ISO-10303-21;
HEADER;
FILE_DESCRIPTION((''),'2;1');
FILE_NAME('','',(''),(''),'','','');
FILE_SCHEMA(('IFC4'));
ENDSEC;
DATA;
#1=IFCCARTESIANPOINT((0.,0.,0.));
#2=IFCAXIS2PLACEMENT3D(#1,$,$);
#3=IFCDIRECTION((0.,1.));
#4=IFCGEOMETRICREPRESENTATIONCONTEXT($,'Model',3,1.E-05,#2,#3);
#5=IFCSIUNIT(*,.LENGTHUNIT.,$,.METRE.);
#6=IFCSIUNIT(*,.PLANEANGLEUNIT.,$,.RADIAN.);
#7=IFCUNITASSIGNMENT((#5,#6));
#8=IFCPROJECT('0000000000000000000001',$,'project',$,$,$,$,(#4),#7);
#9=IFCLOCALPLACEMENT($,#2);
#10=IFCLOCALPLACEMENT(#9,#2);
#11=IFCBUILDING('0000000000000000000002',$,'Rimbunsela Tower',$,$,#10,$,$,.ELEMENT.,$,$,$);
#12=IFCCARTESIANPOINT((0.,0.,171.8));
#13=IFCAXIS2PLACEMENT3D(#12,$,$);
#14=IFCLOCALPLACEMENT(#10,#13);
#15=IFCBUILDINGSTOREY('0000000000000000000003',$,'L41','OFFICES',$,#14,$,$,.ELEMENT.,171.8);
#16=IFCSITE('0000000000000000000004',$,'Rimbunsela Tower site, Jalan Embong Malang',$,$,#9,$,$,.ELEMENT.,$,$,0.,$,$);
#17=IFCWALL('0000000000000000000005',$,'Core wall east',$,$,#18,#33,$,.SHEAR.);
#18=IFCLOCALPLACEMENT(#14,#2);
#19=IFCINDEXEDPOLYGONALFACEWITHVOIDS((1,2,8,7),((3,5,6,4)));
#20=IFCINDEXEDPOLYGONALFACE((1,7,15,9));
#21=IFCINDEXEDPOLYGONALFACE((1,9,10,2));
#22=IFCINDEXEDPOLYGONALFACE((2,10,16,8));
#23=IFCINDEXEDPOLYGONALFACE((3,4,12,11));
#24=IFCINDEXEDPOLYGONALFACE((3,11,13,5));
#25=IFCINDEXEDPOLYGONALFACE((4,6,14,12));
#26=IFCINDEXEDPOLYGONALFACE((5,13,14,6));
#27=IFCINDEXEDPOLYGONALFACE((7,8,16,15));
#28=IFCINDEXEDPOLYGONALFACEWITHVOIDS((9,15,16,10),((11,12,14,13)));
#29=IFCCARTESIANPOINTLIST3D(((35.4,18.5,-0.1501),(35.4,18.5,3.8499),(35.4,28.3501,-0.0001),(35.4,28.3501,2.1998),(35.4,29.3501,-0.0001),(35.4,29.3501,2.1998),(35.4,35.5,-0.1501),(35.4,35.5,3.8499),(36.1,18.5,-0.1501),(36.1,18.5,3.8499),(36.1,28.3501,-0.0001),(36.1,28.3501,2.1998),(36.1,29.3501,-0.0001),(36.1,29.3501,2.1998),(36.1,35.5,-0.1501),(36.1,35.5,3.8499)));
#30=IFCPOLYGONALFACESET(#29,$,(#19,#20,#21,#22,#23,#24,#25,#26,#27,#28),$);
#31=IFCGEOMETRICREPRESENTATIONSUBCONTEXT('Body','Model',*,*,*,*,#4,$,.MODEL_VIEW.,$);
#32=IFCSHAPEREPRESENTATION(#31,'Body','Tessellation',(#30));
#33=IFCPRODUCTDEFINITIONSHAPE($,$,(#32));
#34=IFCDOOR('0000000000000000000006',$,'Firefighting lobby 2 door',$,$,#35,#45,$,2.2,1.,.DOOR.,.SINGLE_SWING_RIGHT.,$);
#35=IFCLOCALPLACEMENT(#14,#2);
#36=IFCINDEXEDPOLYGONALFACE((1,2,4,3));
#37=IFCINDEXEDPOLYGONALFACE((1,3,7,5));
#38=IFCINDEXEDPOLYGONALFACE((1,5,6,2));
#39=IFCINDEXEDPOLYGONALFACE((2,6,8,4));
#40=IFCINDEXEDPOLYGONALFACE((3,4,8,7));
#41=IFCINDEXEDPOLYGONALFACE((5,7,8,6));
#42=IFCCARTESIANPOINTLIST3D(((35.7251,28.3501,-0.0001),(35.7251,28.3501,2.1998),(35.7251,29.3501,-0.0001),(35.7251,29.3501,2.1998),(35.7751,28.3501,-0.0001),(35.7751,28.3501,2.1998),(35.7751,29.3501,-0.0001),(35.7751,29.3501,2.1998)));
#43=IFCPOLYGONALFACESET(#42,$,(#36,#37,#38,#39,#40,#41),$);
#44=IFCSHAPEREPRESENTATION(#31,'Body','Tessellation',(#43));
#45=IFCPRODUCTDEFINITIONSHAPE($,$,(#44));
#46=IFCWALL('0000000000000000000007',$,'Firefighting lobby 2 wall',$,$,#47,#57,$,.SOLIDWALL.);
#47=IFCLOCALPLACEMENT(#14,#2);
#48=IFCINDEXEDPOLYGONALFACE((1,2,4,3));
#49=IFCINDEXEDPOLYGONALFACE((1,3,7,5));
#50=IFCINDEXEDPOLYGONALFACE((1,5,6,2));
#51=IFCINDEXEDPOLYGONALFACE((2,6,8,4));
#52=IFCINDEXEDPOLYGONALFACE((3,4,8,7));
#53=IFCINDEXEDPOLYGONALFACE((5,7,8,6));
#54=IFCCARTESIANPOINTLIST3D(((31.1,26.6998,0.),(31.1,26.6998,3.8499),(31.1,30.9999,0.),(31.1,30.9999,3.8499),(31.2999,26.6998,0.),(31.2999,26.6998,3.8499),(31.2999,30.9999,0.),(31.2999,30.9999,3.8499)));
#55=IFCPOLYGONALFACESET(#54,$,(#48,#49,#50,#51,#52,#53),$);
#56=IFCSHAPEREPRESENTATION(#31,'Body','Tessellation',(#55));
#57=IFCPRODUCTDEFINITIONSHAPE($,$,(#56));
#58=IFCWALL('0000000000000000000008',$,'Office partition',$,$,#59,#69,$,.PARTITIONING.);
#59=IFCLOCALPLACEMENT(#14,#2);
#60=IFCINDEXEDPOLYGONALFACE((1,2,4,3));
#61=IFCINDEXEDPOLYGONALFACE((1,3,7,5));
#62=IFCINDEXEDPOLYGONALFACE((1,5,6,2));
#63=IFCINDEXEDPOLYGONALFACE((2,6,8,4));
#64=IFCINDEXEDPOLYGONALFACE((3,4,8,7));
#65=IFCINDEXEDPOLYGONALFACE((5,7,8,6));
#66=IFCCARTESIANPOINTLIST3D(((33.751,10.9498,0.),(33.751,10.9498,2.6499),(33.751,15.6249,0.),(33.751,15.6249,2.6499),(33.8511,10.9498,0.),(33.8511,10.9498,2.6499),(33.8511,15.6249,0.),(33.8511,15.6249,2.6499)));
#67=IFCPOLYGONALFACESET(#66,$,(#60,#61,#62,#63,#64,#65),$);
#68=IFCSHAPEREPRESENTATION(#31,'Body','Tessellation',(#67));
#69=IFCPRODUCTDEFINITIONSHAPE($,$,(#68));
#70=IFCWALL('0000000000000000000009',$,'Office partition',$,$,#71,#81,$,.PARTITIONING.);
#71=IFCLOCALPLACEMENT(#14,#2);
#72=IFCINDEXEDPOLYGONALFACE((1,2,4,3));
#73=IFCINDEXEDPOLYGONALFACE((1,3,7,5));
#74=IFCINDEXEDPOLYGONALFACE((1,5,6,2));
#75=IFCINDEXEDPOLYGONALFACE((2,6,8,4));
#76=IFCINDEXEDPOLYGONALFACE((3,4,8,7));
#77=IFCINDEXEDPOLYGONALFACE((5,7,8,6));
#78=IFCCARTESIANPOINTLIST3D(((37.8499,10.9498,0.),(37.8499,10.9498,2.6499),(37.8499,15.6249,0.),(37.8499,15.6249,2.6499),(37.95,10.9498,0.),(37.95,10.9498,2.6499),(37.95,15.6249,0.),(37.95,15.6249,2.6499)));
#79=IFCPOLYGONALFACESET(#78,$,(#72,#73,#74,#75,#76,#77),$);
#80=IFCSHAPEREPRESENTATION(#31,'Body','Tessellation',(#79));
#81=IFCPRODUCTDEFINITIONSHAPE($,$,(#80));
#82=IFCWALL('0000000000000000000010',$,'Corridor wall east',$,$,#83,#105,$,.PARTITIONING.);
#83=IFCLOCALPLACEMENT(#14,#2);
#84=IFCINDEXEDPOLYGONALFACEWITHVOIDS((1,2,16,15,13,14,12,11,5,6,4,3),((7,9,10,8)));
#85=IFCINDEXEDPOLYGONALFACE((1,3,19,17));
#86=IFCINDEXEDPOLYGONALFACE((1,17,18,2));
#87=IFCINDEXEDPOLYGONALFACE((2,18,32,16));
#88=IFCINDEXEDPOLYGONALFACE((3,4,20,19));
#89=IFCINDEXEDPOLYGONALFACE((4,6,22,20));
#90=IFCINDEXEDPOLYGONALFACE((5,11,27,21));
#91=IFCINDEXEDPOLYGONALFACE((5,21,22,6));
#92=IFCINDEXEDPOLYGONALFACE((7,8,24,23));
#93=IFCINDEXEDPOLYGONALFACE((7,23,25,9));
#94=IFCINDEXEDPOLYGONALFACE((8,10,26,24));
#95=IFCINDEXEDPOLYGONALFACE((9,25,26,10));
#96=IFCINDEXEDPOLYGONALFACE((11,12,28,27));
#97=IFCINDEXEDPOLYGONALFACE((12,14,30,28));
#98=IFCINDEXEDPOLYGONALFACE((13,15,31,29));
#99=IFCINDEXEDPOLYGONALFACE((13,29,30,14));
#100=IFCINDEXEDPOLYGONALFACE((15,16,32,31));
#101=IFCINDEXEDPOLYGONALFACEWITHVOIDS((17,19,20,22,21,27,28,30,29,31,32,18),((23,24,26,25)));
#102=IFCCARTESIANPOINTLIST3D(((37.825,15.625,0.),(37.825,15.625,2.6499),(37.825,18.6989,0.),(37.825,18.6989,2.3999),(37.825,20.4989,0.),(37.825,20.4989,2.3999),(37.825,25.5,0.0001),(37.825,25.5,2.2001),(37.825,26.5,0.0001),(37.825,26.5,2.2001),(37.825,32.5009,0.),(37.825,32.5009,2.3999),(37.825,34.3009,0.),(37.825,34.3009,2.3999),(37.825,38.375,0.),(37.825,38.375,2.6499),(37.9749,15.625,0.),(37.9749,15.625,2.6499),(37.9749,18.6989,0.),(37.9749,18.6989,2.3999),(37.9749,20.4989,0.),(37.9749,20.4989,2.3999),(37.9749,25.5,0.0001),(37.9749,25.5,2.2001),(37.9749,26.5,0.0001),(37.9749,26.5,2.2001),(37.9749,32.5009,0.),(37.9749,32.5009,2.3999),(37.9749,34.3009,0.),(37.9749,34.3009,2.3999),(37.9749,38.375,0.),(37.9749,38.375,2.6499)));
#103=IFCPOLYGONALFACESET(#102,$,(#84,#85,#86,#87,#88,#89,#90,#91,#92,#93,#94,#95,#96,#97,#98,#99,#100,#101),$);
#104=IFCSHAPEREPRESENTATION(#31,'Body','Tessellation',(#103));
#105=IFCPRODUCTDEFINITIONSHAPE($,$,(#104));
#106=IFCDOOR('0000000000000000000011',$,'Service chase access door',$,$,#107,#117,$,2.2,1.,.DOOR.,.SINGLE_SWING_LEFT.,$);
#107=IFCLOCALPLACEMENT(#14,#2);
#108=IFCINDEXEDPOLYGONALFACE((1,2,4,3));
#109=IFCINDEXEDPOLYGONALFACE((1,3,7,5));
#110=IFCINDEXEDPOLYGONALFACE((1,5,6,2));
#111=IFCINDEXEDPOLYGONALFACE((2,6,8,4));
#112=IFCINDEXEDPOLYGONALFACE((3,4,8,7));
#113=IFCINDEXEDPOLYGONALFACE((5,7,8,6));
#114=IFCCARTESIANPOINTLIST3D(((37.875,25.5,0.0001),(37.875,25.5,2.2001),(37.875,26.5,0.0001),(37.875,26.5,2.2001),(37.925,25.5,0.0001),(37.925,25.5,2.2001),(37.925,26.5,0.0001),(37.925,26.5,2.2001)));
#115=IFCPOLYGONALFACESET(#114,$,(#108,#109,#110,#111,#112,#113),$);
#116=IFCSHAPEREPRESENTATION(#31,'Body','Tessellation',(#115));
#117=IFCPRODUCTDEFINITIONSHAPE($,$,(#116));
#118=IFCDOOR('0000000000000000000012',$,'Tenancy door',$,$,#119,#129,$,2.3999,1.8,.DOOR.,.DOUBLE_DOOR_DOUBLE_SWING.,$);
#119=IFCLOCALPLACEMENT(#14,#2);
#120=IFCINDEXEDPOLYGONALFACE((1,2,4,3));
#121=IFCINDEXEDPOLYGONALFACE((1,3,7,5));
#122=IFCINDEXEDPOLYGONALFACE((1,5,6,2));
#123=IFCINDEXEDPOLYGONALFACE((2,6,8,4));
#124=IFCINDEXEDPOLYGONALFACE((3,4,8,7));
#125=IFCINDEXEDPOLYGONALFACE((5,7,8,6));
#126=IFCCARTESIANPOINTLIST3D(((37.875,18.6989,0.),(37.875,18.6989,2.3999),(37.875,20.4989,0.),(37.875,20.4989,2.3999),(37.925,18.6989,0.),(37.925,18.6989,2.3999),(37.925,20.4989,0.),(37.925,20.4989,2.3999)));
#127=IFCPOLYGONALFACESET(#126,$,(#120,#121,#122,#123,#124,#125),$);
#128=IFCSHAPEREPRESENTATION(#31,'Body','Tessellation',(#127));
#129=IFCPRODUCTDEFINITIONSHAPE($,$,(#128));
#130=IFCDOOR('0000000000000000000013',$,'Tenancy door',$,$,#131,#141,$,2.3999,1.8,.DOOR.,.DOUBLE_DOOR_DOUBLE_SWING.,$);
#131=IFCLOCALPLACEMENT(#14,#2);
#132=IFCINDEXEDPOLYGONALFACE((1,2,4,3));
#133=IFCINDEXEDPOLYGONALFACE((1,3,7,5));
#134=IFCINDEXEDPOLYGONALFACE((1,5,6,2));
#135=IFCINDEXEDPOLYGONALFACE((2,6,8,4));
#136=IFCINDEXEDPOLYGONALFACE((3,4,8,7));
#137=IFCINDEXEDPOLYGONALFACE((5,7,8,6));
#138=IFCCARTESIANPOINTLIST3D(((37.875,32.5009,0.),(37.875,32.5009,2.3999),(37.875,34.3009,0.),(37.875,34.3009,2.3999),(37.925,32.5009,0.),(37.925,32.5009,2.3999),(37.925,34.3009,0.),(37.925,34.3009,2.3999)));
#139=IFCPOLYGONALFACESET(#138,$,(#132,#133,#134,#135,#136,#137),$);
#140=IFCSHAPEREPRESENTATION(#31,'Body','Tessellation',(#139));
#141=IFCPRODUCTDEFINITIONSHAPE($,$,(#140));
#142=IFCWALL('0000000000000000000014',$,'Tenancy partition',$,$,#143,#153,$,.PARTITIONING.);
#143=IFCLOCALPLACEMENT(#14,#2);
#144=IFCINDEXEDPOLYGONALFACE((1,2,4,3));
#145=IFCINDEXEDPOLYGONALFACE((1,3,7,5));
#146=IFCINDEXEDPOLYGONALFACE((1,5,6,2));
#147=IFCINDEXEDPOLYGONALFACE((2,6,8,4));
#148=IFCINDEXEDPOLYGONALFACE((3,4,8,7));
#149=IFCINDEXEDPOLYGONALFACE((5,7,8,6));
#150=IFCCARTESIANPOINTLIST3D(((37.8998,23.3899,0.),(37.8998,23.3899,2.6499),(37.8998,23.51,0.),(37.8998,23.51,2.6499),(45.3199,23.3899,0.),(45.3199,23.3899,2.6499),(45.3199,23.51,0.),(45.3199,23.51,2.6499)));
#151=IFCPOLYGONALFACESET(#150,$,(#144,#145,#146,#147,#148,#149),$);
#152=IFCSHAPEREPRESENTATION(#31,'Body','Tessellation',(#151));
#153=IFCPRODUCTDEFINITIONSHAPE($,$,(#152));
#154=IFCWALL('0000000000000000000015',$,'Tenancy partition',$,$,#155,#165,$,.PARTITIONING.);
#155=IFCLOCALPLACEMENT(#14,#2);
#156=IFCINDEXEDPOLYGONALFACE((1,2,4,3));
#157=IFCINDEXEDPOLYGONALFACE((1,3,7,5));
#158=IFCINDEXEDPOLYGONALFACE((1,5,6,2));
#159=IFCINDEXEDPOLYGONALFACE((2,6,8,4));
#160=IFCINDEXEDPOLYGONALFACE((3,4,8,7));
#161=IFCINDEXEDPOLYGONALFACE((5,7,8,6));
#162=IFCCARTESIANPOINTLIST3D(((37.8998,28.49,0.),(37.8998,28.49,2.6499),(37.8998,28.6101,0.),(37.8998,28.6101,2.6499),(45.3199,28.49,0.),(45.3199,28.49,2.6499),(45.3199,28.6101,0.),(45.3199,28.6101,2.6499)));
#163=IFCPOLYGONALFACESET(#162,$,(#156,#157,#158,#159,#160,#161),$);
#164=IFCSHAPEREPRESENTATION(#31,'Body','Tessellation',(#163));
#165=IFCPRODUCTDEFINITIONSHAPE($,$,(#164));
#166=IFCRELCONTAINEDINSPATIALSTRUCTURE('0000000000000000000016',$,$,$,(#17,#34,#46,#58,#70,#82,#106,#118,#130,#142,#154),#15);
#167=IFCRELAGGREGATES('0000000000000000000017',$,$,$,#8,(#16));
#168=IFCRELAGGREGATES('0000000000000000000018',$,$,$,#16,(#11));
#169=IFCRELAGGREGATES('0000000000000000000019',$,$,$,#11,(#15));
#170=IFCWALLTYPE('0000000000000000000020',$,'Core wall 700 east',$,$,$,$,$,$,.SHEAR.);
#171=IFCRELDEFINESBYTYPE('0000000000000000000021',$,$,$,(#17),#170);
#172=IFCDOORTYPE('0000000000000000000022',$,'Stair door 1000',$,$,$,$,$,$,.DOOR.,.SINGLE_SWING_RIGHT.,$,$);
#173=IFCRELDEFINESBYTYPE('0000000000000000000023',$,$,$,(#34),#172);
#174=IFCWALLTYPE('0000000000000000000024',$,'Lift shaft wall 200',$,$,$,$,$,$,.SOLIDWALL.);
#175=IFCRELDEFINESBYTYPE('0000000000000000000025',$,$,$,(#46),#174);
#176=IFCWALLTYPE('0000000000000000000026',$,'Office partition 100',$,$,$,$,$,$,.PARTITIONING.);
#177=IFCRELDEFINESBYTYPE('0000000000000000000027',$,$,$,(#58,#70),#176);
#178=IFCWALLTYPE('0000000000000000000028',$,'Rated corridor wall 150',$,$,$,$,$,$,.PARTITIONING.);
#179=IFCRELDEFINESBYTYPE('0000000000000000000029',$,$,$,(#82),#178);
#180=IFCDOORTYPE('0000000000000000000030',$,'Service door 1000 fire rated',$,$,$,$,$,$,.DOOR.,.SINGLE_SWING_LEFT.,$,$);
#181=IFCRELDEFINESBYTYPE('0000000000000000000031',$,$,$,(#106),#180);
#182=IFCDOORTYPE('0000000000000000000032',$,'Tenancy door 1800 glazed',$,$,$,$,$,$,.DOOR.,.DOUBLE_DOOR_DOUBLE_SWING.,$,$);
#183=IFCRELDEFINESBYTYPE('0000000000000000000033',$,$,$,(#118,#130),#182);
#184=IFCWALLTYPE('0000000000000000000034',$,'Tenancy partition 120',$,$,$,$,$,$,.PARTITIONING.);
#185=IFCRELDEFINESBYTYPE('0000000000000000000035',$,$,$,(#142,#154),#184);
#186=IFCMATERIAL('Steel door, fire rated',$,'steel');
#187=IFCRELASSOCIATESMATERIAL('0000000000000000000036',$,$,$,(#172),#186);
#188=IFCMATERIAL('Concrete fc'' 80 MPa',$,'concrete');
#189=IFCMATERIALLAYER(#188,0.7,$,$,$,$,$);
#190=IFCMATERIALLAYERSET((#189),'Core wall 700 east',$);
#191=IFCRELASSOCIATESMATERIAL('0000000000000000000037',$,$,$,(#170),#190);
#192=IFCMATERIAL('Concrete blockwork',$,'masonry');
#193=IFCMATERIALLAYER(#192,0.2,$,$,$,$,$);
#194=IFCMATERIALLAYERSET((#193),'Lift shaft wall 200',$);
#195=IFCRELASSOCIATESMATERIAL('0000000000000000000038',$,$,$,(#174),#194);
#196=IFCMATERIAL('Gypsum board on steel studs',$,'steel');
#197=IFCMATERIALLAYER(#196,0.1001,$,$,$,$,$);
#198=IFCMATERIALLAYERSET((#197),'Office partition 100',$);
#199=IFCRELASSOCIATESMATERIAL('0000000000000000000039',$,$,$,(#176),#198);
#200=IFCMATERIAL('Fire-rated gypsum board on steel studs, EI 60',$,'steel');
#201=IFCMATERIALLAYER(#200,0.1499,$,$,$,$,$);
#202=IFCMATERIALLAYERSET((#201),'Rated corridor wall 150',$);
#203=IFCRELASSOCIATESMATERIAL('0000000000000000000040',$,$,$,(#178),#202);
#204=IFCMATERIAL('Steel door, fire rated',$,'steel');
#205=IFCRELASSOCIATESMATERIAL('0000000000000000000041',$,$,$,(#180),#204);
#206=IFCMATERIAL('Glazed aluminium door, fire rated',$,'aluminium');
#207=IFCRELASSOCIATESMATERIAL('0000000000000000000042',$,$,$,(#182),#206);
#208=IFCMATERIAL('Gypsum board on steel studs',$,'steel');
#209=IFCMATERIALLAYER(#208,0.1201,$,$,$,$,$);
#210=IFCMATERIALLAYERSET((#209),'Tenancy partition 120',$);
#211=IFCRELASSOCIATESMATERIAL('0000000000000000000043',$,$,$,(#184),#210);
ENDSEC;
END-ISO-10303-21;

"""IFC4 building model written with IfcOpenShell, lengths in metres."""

from ifc_helpers import new_model, si_unit, direction, frame, frame_2d, origin, place, context, subcontext, project, spatial, rectangle, extrude, material, layer, layer_set, type_object, element, fill, save


model = new_model("IFC4")

# Units and contexts
model_context = context("Model", 3, precision=1e-05, world=origin(), true_north=direction((0.0, 1.0)))
body_context = subcontext(model_context, "Body", "Model", "MODEL_VIEW")
ifc_project = project(units=[si_unit("LENGTHUNIT", "METRE"), si_unit("PLANEANGLEUNIT", "RADIAN")], contexts=[model_context])

# Site, building, storey
site_placement = place(None, origin())
site = spatial("IfcSite", under=ifc_project, at=site_placement, Name="Rimbunsela Tower site, Jalan Embong Malang", CompositionType="ELEMENT", RefElevation=0.0)
building_placement = place(site_placement, origin())
building = spatial("IfcBuilding", under=site, at=building_placement, Name="Rimbunsela Tower", CompositionType="ELEMENT")
storey_placement = place(building_placement, frame((0.0, 0.0, 171.8)))
storey = spatial("IfcBuildingStorey", under=building, at=storey_placement, Name="L41", Description="OFFICES", CompositionType="ELEMENT", Elevation=171.8)

# Shared definitions
ifc_material_1 = material(Name="Steel door, fire rated", Category="steel")
door_type_1 = type_object("IfcDoorType", Name="Stair door 1000", OperationType="SINGLE_SWING_RIGHT", PredefinedType="DOOR", material=ifc_material_1)

# Wall, opening, door
ifc_material_2 = material(Name="Concrete fc' 80 MPa", Category="concrete")
ifc_layer_1 = layer(ifc_material_2, 0.7)
ifc_layer_set_1 = layer_set([ifc_layer_1], Name="Core wall 700 east")
wall_type_1 = type_object("IfcWallType", Name="Core wall 700 east", PredefinedType="SHEAR", material=ifc_layer_set_1)
wall_1_placement = place(storey_placement, frame((35.75, 18.5, -0.1501), z_axis=(0.0, 0.0, 1.0), x_axis=(0.0, 1.0, 0.0)))
wall_1 = element("IfcWall", 1, at=wall_1_placement, inside=storey, type_object=wall_type_1, Name="Core wall east", PredefinedType="SHEAR", context=body_context, shape_type="SweptSolid", body=[
    extrude(rectangle(XDim=17.0, YDim=0.7, at=frame_2d((8.5, 0.0))), origin(), (0.0, 0.0, 1.0), 4.0),
])
opening_1_placement = place(wall_1_placement, frame((9.8501, 0.0, 0.1499)))
opening_1 = element("IfcOpeningElement", 2, at=opening_1_placement, cuts=wall_1, PredefinedType="OPENING", context=body_context, shape_type="SweptSolid", body=[
    extrude(rectangle(XDim=1.0, YDim=2.2, at=frame_2d((0.5, 1.1001))), frame((0.0, 0.3599, 0.0), z_axis=(0.0, -1.0, 0.0), x_axis=(1.0, 0.0, 0.0)), (0.0, 0.0, 1.0), 0.72),
])
door_1_placement = place(opening_1_placement, origin())
door_1 = element("IfcDoor", 3, at=door_1_placement, inside=storey, type_object=door_type_1, Name="Firefighting lobby 2 door", OperationType="SINGLE_SWING_RIGHT", OverallHeight=2.2, OverallWidth=1.0, PredefinedType="DOOR", context=body_context, shape_type="SweptSolid", body=[
    extrude(rectangle(XDim=1.0, YDim=2.2, at=frame_2d((0.5, 1.1001))), frame((0.0, 0.0249, 0.0), z_axis=(0.0, -1.0, 0.0), x_axis=(1.0, 0.0, 0.0)), (0.0, 0.0, 1.0), 0.05),
])
fill(opening_1, door_1)

# Walls
ifc_material_3 = material(Name="Concrete blockwork", Category="masonry")
ifc_layer_2 = layer(ifc_material_3, 0.2)
ifc_layer_set_2 = layer_set([ifc_layer_2], Name="Lift shaft wall 200")
wall_type_2 = type_object("IfcWallType", Name="Lift shaft wall 200", PredefinedType="SOLIDWALL", material=ifc_layer_set_2)
wall_2_placement = place(storey_placement, frame((31.2, 26.7, 0.0), z_axis=(0.0, 0.0, 1.0), x_axis=(0.0, 1.0, 0.0)))
element("IfcWall", 4, at=wall_2_placement, inside=storey, type_object=wall_type_2, Name="Firefighting lobby 2 wall", PredefinedType="SOLIDWALL", context=body_context, shape_type="SweptSolid", body=[
    extrude(rectangle(XDim=4.3, YDim=0.2, at=frame_2d((2.1499, 0.0))), origin(), (0.0, 0.0, 1.0), 3.8499),
])
ifc_material_4 = material(Name="Gypsum board on steel studs", Category="steel")
ifc_layer_3 = layer(ifc_material_4, 0.1001)
ifc_layer_set_3 = layer_set([ifc_layer_3], Name="Office partition 100")
wall_type_3 = type_object("IfcWallType", Name="Office partition 100", PredefinedType="PARTITIONING", material=ifc_layer_set_3)
for number, where, z_axis, x_axis, name in (
    (5, (33.801, 10.95, 0.0), (0.0, 0.0, 1.0), (0.0, 1.0, 0.0), "Office partition"),
    (6, (37.8999, 10.95, 0.0), (0.0, 0.0, 1.0), (0.0, 1.0, 0.0), "Office partition"),
):
    element("IfcWall", number, at=place(storey_placement, frame(where, z_axis=z_axis, x_axis=x_axis)), inside=storey, type_object=wall_type_3, Name=name, PredefinedType="PARTITIONING", context=body_context, shape_type="SweptSolid", body=[
        extrude(rectangle(XDim=4.675, YDim=0.1001, at=frame_2d((2.3374, 0.0))), origin(), (0.0, 0.0, 1.0), 2.6499),
    ])

# Wall, openings, doors
ifc_material_5 = material(Name="Fire-rated gypsum board on steel studs, EI 60", Category="steel")
ifc_layer_4 = layer(ifc_material_5, 0.1499)
ifc_layer_set_4 = layer_set([ifc_layer_4], Name="Rated corridor wall 150")
wall_type_4 = type_object("IfcWallType", Name="Rated corridor wall 150", PredefinedType="PARTITIONING", material=ifc_layer_set_4)
wall_3_placement = place(storey_placement, frame((37.8999, 15.625, 0.0), z_axis=(0.0, 0.0, 1.0), x_axis=(0.0, 1.0, 0.0)))
wall_3 = element("IfcWall", 7, at=wall_3_placement, inside=storey, type_object=wall_type_4, Name="Corridor wall east", PredefinedType="PARTITIONING", context=body_context, shape_type="SweptSolid", body=[
    extrude(rectangle(XDim=22.75, YDim=0.1499, at=frame_2d((11.375, 0.0))), origin(), (0.0, 0.0, 1.0), 2.6499),
])
opening_2_placement = place(wall_3_placement, frame((3.074, 0.0, 0.0)))
opening_2 = element("IfcOpeningElement", 8, at=opening_2_placement, cuts=wall_3, PredefinedType="OPENING", context=body_context, shape_type="SweptSolid", body=[
    extrude(rectangle(XDim=1.8, YDim=2.3999, at=frame_2d((0.8999, 1.2))), frame((0.0, 0.085, 0.0), z_axis=(0.0, -1.0, 0.0), x_axis=(1.0, 0.0, 0.0)), (0.0, 0.0, 1.0), 0.1699),
])
opening_3_placement = place(wall_3_placement, frame((16.876, 0.0, 0.0)))
opening_3 = element("IfcOpeningElement", 9, at=opening_3_placement, cuts=wall_3, PredefinedType="OPENING", context=body_context, shape_type="SweptSolid", body=[
    extrude(rectangle(XDim=1.8, YDim=2.3999, at=frame_2d((0.8999, 1.2))), frame((0.0, 0.085, 0.0), z_axis=(0.0, -1.0, 0.0), x_axis=(1.0, 0.0, 0.0)), (0.0, 0.0, 1.0), 0.1699),
])
opening_4_placement = place(wall_3_placement, frame((9.875, 0.0, 0.0)))
opening_4 = element("IfcOpeningElement", 10, at=opening_4_placement, cuts=wall_3, PredefinedType="OPENING", context=body_context, shape_type="SweptSolid", body=[
    extrude(rectangle(XDim=1.0, YDim=2.2, at=frame_2d((0.5, 1.1001))), frame((0.0, 0.085, 0.0), z_axis=(0.0, -1.0, 0.0), x_axis=(1.0, 0.0, 0.0)), (0.0, 0.0, 1.0), 0.1699),
])
ifc_material_6 = material(Name="Steel door, fire rated", Category="steel")
door_type_2 = type_object("IfcDoorType", Name="Service door 1000 fire rated", OperationType="SINGLE_SWING_LEFT", PredefinedType="DOOR", material=ifc_material_6)
door_2_placement = place(opening_4_placement, origin())
door_2 = element("IfcDoor", 11, at=door_2_placement, inside=storey, type_object=door_type_2, Name="Service chase access door", OperationType="SINGLE_SWING_LEFT", OverallHeight=2.2, OverallWidth=1.0, PredefinedType="DOOR", context=body_context, shape_type="SweptSolid", body=[
    extrude(rectangle(XDim=1.0, YDim=2.2, at=frame_2d((0.5, 1.1001))), frame((0.0, 0.0249, 0.0), z_axis=(0.0, -1.0, 0.0), x_axis=(1.0, 0.0, 0.0)), (0.0, 0.0, 1.0), 0.05),
])
fill(opening_4, door_2)
ifc_material_7 = material(Name="Glazed aluminium door, fire rated", Category="aluminium")
door_type_3 = type_object("IfcDoorType", Name="Tenancy door 1800 glazed", OperationType="DOUBLE_DOOR_DOUBLE_SWING", PredefinedType="DOOR", material=ifc_material_7)
door_3_placement = place(opening_2_placement, origin())
door_3 = element("IfcDoor", 12, at=door_3_placement, inside=storey, type_object=door_type_3, Name="Tenancy door", OperationType="DOUBLE_DOOR_DOUBLE_SWING", OverallHeight=2.3999, OverallWidth=1.8, PredefinedType="DOOR", context=body_context, shape_type="SweptSolid", body=[
    extrude(rectangle(XDim=1.8, YDim=2.3999, at=frame_2d((0.8999, 1.2))), frame((0.0, 0.0249, 0.0), z_axis=(0.0, -1.0, 0.0), x_axis=(1.0, 0.0, 0.0)), (0.0, 0.0, 1.0), 0.05),
])
fill(opening_2, door_3)
door_4_placement = place(opening_3_placement, origin())
door_4 = element("IfcDoor", 13, at=door_4_placement, inside=storey, type_object=door_type_3, Name="Tenancy door", OperationType="DOUBLE_DOOR_DOUBLE_SWING", OverallHeight=2.3999, OverallWidth=1.8, PredefinedType="DOOR", context=body_context, shape_type="SweptSolid", body=[
    extrude(rectangle(XDim=1.8, YDim=2.3999, at=frame_2d((0.8999, 1.2))), frame((0.0, 0.0249, 0.0), z_axis=(0.0, -1.0, 0.0), x_axis=(1.0, 0.0, 0.0)), (0.0, 0.0, 1.0), 0.05),
])
fill(opening_3, door_4)

# Walls
ifc_material_8 = material(Name="Gypsum board on steel studs", Category="steel")
ifc_layer_5 = layer(ifc_material_8, 0.1201)
ifc_layer_set_5 = layer_set([ifc_layer_5], Name="Tenancy partition 120")
wall_type_5 = type_object("IfcWallType", Name="Tenancy partition 120", PredefinedType="PARTITIONING", material=ifc_layer_set_5)
for number, where, z_axis, x_axis, name in (
    (14, (37.8999, 23.45, 0.0), (0.0, 0.0, 1.0), (1.0, 0.0, 0.0), "Tenancy partition"),
    (15, (37.8999, 28.55, 0.0), (0.0, 0.0, 1.0), (1.0, 0.0, 0.0), "Tenancy partition"),
):
    element("IfcWall", number, at=place(storey_placement, frame(where, z_axis=z_axis, x_axis=x_axis)), inside=storey, type_object=wall_type_5, Name=name, PredefinedType="PARTITIONING", context=body_context, shape_type="SweptSolid", body=[
        extrude(rectangle(XDim=7.4202, YDim=0.1201, at=frame_2d((3.71, 0.0))), origin(), (0.0, 0.0, 1.0), 2.6499),
    ])

save(model, "model.ifc")
